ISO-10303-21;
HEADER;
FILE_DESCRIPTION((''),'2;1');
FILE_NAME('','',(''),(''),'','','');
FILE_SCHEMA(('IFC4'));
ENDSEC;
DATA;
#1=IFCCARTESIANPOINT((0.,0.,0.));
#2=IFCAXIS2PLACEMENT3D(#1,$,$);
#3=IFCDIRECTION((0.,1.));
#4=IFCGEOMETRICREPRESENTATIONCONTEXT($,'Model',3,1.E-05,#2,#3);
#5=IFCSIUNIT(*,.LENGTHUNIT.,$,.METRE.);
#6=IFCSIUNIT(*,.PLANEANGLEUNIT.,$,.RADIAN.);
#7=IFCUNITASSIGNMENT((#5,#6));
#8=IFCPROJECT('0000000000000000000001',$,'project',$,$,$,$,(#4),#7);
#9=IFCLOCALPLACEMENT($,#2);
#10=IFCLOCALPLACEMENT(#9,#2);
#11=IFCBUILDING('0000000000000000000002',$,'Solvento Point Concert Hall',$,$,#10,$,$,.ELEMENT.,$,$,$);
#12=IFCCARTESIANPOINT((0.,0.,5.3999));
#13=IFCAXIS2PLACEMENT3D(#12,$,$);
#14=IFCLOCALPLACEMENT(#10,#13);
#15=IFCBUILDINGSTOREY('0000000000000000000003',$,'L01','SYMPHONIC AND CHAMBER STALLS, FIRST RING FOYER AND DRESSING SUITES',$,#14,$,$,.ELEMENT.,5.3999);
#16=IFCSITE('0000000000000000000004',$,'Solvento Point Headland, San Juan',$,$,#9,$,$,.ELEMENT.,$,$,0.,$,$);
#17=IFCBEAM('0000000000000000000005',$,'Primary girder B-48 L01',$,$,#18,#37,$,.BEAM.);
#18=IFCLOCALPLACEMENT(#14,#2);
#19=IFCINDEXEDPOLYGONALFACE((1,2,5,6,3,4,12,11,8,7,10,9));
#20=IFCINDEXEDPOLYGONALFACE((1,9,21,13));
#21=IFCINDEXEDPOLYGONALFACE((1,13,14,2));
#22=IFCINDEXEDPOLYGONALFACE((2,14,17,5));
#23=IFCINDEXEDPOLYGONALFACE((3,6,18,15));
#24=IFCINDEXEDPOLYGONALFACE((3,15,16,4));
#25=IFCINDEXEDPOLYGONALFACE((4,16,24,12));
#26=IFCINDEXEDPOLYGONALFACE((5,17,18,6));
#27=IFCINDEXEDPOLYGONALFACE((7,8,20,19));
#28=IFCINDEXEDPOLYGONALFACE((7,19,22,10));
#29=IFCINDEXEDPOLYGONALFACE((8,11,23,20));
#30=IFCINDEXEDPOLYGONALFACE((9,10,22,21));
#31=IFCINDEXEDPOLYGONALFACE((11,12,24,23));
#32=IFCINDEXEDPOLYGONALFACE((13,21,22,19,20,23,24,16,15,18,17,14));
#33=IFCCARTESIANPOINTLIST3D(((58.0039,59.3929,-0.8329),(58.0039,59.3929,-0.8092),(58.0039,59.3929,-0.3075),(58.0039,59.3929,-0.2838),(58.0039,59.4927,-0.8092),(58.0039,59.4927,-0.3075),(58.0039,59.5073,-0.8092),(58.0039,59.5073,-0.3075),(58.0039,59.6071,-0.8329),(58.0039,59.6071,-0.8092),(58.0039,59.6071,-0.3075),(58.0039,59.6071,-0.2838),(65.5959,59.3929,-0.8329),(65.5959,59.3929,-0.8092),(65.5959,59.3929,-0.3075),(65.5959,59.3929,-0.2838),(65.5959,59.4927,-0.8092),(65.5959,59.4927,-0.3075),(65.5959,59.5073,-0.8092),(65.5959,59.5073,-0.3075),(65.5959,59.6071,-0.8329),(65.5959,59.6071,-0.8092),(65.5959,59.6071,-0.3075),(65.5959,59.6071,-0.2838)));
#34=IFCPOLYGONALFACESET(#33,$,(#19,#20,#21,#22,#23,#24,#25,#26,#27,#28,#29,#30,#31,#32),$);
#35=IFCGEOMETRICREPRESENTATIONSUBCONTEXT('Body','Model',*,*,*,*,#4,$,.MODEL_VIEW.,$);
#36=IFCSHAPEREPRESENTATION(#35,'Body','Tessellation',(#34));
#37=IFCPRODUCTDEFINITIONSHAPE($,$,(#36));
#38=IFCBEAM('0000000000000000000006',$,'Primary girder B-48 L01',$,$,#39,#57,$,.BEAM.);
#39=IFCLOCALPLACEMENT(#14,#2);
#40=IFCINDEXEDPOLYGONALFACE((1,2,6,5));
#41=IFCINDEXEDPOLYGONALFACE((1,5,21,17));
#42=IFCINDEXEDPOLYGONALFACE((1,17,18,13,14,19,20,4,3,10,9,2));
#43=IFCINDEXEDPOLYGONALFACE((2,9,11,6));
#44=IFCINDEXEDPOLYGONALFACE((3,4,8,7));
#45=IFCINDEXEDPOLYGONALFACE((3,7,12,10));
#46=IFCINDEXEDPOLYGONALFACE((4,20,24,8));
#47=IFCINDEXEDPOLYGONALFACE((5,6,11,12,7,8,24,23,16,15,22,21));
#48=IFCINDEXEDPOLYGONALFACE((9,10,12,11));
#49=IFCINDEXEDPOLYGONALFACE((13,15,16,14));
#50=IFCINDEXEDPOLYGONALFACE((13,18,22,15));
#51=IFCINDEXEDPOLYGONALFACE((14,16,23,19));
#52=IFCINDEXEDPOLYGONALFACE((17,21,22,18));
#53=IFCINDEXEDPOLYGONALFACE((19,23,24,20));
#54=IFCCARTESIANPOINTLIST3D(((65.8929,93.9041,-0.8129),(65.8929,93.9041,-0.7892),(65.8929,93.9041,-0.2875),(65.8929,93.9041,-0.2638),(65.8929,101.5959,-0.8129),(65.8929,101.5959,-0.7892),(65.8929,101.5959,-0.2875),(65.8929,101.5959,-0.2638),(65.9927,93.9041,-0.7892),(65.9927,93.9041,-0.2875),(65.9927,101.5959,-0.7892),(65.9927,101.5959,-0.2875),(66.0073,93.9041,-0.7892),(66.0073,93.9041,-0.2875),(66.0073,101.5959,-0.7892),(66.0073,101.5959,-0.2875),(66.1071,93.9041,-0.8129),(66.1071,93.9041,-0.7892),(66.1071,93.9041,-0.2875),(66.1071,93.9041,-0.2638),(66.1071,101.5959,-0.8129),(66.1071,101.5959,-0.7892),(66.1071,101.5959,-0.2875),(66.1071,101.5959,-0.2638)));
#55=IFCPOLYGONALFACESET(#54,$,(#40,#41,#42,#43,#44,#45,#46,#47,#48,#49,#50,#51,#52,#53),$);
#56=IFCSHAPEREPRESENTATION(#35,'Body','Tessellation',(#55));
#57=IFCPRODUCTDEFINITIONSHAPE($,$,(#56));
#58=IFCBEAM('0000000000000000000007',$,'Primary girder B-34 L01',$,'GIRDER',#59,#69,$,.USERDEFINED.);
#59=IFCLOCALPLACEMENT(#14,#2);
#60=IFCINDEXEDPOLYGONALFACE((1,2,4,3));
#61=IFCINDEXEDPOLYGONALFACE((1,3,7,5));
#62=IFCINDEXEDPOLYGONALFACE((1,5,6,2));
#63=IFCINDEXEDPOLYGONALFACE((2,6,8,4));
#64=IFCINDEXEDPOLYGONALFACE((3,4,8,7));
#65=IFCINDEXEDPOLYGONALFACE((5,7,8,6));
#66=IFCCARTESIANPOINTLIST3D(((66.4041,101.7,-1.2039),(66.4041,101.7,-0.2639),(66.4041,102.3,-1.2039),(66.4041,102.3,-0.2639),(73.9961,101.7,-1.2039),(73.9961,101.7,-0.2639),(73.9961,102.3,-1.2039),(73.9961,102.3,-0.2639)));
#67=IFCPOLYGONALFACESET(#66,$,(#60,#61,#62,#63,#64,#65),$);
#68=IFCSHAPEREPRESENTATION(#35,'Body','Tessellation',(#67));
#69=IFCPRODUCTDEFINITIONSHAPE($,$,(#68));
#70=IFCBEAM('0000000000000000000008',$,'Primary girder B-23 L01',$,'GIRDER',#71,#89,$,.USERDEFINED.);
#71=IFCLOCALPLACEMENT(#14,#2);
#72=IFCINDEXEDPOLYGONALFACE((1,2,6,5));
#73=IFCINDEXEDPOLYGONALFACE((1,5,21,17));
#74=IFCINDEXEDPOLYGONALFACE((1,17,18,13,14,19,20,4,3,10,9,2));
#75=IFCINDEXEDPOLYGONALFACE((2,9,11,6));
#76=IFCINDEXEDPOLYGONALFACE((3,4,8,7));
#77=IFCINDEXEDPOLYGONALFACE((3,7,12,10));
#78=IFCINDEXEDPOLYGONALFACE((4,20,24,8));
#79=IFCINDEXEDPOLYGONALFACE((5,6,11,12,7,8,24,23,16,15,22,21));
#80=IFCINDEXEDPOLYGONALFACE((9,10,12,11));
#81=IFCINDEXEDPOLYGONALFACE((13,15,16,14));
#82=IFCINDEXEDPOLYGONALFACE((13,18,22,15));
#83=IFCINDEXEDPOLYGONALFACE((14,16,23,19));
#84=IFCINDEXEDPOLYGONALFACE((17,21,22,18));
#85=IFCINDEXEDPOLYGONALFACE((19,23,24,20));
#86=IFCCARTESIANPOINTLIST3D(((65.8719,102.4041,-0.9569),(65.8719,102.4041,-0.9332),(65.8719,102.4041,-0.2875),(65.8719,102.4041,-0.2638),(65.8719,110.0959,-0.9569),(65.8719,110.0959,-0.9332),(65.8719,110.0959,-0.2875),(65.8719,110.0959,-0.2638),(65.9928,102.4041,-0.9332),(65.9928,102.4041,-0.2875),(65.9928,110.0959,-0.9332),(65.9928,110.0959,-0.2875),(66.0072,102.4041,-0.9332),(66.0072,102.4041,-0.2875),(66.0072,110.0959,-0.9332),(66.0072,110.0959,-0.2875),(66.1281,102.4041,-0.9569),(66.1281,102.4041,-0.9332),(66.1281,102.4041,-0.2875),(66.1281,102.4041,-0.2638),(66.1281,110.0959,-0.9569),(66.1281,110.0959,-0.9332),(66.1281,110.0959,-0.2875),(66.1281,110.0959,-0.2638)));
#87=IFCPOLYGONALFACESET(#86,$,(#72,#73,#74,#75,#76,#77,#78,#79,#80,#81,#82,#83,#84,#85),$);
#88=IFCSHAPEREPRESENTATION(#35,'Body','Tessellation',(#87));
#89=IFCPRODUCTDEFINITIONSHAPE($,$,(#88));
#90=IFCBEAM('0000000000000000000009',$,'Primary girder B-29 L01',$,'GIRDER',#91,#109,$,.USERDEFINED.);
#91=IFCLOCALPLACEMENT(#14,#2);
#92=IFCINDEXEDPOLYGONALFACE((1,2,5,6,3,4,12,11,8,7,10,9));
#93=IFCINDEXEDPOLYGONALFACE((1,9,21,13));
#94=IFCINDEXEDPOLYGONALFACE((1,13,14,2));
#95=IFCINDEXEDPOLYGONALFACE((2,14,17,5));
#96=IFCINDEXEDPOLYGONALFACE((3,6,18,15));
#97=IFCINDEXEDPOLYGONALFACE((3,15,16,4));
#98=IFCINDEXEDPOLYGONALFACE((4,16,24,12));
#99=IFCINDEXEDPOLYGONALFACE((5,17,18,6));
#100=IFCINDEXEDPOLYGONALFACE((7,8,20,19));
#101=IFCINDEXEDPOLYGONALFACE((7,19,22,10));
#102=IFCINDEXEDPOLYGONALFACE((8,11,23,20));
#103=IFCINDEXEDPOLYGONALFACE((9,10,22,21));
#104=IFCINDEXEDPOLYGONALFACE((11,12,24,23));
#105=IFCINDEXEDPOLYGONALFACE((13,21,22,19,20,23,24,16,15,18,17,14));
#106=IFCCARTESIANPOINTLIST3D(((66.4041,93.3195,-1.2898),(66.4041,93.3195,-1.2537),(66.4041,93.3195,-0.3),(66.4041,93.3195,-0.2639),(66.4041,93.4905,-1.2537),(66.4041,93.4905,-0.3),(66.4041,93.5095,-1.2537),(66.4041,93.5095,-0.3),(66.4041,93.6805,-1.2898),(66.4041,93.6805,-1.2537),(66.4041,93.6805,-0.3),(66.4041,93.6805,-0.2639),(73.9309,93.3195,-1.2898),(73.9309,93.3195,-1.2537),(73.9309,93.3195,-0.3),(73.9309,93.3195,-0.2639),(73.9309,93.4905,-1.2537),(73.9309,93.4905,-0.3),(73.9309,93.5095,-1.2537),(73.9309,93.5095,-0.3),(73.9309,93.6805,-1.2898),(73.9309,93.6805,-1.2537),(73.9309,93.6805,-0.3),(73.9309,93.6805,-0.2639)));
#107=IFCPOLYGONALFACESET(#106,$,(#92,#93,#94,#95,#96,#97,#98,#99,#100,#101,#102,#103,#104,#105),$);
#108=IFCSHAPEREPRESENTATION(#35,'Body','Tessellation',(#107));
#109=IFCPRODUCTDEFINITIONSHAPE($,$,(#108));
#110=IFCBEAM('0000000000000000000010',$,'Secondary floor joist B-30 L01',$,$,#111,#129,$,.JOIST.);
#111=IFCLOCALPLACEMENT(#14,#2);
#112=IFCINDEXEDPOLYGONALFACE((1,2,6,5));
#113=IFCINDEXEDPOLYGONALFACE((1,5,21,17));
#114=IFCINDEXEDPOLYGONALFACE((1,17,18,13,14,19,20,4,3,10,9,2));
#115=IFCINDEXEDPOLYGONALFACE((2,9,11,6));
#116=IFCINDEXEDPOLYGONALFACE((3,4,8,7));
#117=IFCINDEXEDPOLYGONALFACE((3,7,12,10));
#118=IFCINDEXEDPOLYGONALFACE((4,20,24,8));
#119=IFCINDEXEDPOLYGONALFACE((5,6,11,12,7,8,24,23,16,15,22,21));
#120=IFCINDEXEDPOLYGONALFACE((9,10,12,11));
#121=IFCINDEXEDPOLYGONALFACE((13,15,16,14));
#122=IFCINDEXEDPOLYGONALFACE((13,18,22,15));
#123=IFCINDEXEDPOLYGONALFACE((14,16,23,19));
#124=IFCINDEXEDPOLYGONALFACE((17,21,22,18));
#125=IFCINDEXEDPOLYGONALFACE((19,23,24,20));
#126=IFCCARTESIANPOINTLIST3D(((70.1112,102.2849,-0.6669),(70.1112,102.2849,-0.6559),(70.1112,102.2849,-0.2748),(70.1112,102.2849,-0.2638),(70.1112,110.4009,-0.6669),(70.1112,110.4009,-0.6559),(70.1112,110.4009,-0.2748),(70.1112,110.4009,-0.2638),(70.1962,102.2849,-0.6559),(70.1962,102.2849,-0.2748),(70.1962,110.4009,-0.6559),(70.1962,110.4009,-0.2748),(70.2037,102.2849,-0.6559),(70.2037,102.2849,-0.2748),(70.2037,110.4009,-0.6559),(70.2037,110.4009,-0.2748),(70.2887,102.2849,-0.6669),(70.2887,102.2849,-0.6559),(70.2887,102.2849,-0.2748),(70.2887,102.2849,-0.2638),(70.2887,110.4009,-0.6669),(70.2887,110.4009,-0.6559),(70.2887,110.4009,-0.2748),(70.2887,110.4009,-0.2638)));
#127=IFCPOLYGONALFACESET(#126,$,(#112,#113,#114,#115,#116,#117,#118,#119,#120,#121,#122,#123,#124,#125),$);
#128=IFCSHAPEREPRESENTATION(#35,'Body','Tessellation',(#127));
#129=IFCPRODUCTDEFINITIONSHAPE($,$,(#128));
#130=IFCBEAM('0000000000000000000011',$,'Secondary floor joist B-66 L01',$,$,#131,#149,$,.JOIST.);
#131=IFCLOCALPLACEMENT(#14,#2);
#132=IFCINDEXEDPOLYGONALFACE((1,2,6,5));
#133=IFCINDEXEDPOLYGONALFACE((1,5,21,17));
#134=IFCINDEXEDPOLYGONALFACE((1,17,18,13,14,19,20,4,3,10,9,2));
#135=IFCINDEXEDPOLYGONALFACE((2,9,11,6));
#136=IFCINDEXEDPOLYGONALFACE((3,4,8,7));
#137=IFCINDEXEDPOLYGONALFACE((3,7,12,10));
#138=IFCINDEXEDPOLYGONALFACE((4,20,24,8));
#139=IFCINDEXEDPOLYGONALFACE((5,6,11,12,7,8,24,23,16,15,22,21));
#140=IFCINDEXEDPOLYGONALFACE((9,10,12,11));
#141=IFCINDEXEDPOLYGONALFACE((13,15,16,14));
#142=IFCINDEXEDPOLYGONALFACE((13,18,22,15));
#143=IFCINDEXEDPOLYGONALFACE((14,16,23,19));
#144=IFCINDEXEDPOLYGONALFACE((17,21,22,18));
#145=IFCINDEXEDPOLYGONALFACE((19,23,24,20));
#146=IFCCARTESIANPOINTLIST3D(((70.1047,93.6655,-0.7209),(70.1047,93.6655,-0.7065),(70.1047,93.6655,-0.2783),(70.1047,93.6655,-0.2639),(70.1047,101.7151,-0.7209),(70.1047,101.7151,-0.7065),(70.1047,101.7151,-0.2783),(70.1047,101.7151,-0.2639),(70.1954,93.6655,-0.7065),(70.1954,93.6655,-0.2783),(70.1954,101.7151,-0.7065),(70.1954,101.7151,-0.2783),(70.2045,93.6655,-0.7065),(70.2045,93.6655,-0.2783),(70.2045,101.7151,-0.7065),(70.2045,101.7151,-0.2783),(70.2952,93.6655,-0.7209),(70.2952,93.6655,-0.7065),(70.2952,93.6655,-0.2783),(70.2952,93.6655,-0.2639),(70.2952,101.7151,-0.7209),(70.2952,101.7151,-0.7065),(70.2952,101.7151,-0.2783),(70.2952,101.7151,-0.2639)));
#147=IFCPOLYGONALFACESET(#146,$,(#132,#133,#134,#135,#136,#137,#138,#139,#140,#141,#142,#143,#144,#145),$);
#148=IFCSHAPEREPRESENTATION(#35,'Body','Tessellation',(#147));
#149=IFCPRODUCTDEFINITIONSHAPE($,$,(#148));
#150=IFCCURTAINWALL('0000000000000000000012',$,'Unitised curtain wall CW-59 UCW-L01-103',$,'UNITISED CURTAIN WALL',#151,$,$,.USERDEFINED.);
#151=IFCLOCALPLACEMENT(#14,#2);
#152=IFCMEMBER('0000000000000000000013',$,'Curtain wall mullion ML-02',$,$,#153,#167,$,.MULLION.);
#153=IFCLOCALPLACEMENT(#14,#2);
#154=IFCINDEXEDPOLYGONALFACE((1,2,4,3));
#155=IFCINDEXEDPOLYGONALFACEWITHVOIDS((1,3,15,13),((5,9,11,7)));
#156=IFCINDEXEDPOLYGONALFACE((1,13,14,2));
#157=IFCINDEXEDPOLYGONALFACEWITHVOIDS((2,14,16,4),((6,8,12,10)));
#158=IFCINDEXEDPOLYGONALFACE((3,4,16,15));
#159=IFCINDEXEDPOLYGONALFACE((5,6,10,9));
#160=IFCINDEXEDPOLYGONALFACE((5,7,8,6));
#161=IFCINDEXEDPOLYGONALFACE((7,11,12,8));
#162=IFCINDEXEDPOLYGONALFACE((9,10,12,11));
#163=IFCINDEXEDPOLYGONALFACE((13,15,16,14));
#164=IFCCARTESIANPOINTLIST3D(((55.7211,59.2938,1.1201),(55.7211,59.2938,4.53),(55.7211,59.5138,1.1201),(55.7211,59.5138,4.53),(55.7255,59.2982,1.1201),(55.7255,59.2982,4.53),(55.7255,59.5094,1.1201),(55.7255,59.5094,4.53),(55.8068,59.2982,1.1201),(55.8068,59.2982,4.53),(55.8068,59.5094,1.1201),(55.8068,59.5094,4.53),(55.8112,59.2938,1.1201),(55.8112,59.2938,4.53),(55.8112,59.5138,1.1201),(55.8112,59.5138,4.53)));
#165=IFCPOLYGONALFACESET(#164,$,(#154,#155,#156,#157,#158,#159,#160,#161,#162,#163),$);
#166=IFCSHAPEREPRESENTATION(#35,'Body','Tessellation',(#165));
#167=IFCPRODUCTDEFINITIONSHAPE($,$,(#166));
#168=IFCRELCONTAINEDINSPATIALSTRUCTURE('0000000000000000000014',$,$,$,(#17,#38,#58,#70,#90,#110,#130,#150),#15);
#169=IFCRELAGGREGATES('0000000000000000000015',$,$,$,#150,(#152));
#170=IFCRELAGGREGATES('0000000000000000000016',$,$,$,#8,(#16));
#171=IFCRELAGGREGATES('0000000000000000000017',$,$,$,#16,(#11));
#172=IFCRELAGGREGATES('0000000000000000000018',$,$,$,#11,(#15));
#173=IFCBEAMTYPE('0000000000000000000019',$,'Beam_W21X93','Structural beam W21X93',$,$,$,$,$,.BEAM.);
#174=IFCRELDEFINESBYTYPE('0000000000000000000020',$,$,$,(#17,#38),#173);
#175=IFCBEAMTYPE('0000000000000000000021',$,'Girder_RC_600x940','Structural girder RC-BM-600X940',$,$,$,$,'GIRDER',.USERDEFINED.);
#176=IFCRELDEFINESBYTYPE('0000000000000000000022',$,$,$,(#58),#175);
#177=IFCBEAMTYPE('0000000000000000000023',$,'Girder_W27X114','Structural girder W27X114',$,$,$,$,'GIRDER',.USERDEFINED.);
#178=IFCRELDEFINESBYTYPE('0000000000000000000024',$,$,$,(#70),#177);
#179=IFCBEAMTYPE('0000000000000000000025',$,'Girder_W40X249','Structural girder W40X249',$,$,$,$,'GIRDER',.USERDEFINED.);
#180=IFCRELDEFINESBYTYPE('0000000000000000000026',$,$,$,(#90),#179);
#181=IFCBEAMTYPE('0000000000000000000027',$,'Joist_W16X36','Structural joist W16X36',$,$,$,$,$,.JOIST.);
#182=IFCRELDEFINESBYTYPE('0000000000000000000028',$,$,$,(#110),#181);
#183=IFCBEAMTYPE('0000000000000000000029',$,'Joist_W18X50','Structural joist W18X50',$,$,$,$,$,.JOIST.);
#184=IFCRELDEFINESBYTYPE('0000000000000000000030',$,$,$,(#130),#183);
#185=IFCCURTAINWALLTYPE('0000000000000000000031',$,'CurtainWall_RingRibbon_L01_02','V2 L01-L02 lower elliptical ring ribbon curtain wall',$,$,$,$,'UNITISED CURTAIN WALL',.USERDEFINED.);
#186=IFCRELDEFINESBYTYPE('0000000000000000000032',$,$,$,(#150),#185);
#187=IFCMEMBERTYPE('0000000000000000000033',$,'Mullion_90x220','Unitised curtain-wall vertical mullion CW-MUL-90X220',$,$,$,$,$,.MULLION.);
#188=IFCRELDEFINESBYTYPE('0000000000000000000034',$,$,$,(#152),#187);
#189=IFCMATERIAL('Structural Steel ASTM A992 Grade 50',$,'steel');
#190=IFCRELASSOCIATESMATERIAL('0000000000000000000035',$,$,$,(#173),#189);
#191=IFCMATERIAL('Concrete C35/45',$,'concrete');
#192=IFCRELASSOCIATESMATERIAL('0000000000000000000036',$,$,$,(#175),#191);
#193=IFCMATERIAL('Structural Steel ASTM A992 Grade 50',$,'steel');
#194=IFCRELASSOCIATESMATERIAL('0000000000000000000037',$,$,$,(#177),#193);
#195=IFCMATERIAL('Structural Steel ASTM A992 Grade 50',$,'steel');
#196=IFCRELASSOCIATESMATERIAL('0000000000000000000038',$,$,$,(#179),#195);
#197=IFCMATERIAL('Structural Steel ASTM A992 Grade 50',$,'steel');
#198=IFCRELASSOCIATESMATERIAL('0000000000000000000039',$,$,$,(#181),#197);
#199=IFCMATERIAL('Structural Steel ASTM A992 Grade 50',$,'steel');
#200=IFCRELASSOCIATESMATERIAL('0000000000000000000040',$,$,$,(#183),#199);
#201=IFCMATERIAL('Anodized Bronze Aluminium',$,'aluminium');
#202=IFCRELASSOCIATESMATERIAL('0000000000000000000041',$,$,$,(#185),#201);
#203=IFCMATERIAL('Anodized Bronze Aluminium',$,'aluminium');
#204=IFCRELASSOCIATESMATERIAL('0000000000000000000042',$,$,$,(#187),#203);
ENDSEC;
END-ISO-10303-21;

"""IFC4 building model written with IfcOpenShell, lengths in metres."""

from ifc_helpers import new_model, si_unit, direction, frame, origin, origin_2d, place, context, subcontext, project, spatial, rectangle, hollow_rectangle, i_section, extrude, material, material_profile, profile_set, type_object, element, aggregate, save


model = new_model("IFC4")

# Units and contexts
model_context = context("Model", 3, precision=1e-05, world=origin(), true_north=direction((0.0, 1.0)))
body_context = subcontext(model_context, "Body", "Model", "MODEL_VIEW")
ifc_project = project(units=[si_unit("LENGTHUNIT", "METRE"), si_unit("PLANEANGLEUNIT", "RADIAN")], contexts=[model_context])

# Site, building, storey
site_placement = place(None, origin())
site = spatial("IfcSite", under=ifc_project, at=site_placement, Name="Solvento Point Headland, San Juan", CompositionType="ELEMENT", RefElevation=0.0)
building_placement = place(site_placement, origin())
building = spatial("IfcBuilding", under=site, at=building_placement, Name="Solvento Point Concert Hall", CompositionType="ELEMENT")
storey_placement = place(building_placement, frame((0.0, 0.0, 5.3999)))
storey = spatial("IfcBuildingStorey", under=building, at=storey_placement, Name="L01", Description="SYMPHONIC AND CHAMBER STALLS, FIRST RING FOYER AND DRESSING SUITES", CompositionType="ELEMENT", Elevation=5.3999)

# Beams
ifc_material_1 = material(Name="Structural Steel ASTM A992 Grade 50", Category="steel")
ifc_material_profile_1 = material_profile(ifc_material_1, i_section(OverallWidth=0.2141, OverallDepth=0.5491, WebThickness=0.0146, FlangeThickness=0.0237, at=origin_2d()), Name="W21X93")
ifc_profile_set_1 = profile_set([ifc_material_profile_1], Name="Structural Steel ASTM A992 Grade 50")
beam_type_1 = type_object("IfcBeamType", Name="Beam_W21X93", Description="Structural beam W21X93", PredefinedType="BEAM", material=ifc_profile_set_1)
beam_1_placement = place(storey_placement, frame((58.0039, 59.5, -0.5583), z_axis=(1.0, 0.0, 0.0), x_axis=(0.0, 1.0, 0.0)))
element("IfcBeam", 1, at=beam_1_placement, inside=storey, type_object=beam_type_1, Name="Primary girder B-48 L01", PredefinedType="BEAM", context=body_context, shape_type="SweptSolid", body=[
    extrude(i_section(OverallWidth=0.2141, OverallDepth=0.5491, WebThickness=0.0146, FlangeThickness=0.0237, at=origin_2d()), origin(), (0.0, 0.0, 1.0), 7.592),
])
beam_2_placement = place(storey_placement, frame((66.0, 93.9041, -0.5383), z_axis=(0.0, 1.0, 0.0), x_axis=(-1.0, 0.0, 0.0)))
element("IfcBeam", 2, at=beam_2_placement, inside=storey, type_object=beam_type_1, Name="Primary girder B-48 L01", PredefinedType="BEAM", context=body_context, shape_type="SweptSolid", body=[
    extrude(i_section(OverallWidth=0.2141, OverallDepth=0.5491, WebThickness=0.0146, FlangeThickness=0.0237, at=origin_2d()), origin(), (0.0, 0.0, 1.0), 7.6919),
])
ifc_material_2 = material(Name="Concrete C35/45", Category="concrete")
ifc_material_profile_2 = material_profile(ifc_material_2, rectangle(XDim=0.6001, YDim=0.9399, at=origin_2d()), Name="RC-BM-600X940")
ifc_profile_set_2 = profile_set([ifc_material_profile_2], Name="Concrete C35/45")
beam_type_2 = type_object("IfcBeamType", Name="Girder_RC_600x940", Description="Structural girder RC-BM-600X940", ElementType="GIRDER", PredefinedType="USERDEFINED", material=ifc_profile_set_2)
beam_3_placement = place(storey_placement, frame((66.4041, 102.0, -0.7339), z_axis=(1.0, 0.0, 0.0), x_axis=(0.0, 1.0, 0.0)))
element("IfcBeam", 3, at=beam_3_placement, inside=storey, type_object=beam_type_2, Name="Primary girder B-34 L01", ObjectType="GIRDER", PredefinedType="USERDEFINED", context=body_context, shape_type="SweptSolid", body=[
    extrude(rectangle(XDim=0.6001, YDim=0.9399, at=origin_2d()), origin(), (0.0, 0.0, 1.0), 7.592),
])
ifc_material_3 = material(Name="Structural Steel ASTM A992 Grade 50", Category="steel")
ifc_material_profile_3 = material_profile(ifc_material_3, i_section(OverallWidth=0.2561, OverallDepth=0.6931, WebThickness=0.0144, FlangeThickness=0.0237, at=origin_2d()), Name="W27X114")
ifc_profile_set_3 = profile_set([ifc_material_profile_3], Name="Structural Steel ASTM A992 Grade 50")
beam_type_3 = type_object("IfcBeamType", Name="Girder_W27X114", Description="Structural girder W27X114", ElementType="GIRDER", PredefinedType="USERDEFINED", material=ifc_profile_set_3)
beam_4_placement = place(storey_placement, frame((66.0, 102.4041, -0.6104), z_axis=(0.0, 1.0, 0.0), x_axis=(-1.0, 0.0, 0.0)))
element("IfcBeam", 4, at=beam_4_placement, inside=storey, type_object=beam_type_3, Name="Primary girder B-23 L01", ObjectType="GIRDER", PredefinedType="USERDEFINED", context=body_context, shape_type="SweptSolid", body=[
    extrude(i_section(OverallWidth=0.2561, OverallDepth=0.6931, WebThickness=0.0144, FlangeThickness=0.0237, at=origin_2d()), origin(), (0.0, 0.0, 1.0), 7.6919),
])
ifc_material_4 = material(Name="Structural Steel ASTM A992 Grade 50", Category="steel")
ifc_material_profile_4 = material_profile(ifc_material_4, i_section(OverallWidth=0.3611, OverallDepth=1.0259, WebThickness=0.019, FlangeThickness=0.0361, at=origin_2d()), Name="W40X249")
ifc_profile_set_4 = profile_set([ifc_material_profile_4], Name="Structural Steel ASTM A992 Grade 50")
beam_type_4 = type_object("IfcBeamType", Name="Girder_W40X249", Description="Structural girder W40X249", ElementType="GIRDER", PredefinedType="USERDEFINED", material=ifc_profile_set_4)
beam_5_placement = place(storey_placement, frame((66.4041, 93.5, -0.7769), z_axis=(1.0, 0.0, 0.0), x_axis=(0.0, 1.0, 0.0)))
element("IfcBeam", 5, at=beam_5_placement, inside=storey, type_object=beam_type_4, Name="Primary girder B-29 L01", ObjectType="GIRDER", PredefinedType="USERDEFINED", context=body_context, shape_type="SweptSolid", body=[
    extrude(i_section(OverallWidth=0.3611, OverallDepth=1.0259, WebThickness=0.019, FlangeThickness=0.0361, at=origin_2d()), origin(), (0.0, 0.0, 1.0), 7.5269),
])
ifc_material_5 = material(Name="Structural Steel ASTM A992 Grade 50", Category="steel")
ifc_material_profile_5 = material_profile(ifc_material_5, i_section(OverallWidth=0.1775, OverallDepth=0.4031, WebThickness=0.0076, FlangeThickness=0.011, at=origin_2d()), Name="W16X36")
ifc_profile_set_5 = profile_set([ifc_material_profile_5], Name="Structural Steel ASTM A992 Grade 50")
beam_type_5 = type_object("IfcBeamType", Name="Joist_W16X36", Description="Structural joist W16X36", PredefinedType="JOIST", material=ifc_profile_set_5)
beam_6_placement = place(storey_placement, frame((70.2, 102.2849, -0.4653), z_axis=(0.0, 1.0, 0.0), x_axis=(-1.0, 0.0, 0.0)))
element("IfcBeam", 6, at=beam_6_placement, inside=storey, type_object=beam_type_5, Name="Secondary floor joist B-30 L01", PredefinedType="JOIST", context=body_context, shape_type="SweptSolid", body=[
    extrude(i_section(OverallWidth=0.1775, OverallDepth=0.4031, WebThickness=0.0076, FlangeThickness=0.011, at=origin_2d()), origin(), (0.0, 0.0, 1.0), 8.116),
])
ifc_material_6 = material(Name="Structural Steel ASTM A992 Grade 50", Category="steel")
ifc_material_profile_6 = material_profile(ifc_material_6, i_section(OverallWidth=0.1904, OverallDepth=0.457, WebThickness=0.009, FlangeThickness=0.0144, at=origin_2d()), Name="W18X50")
ifc_profile_set_6 = profile_set([ifc_material_profile_6], Name="Structural Steel ASTM A992 Grade 50")
beam_type_6 = type_object("IfcBeamType", Name="Joist_W18X50", Description="Structural joist W18X50", PredefinedType="JOIST", material=ifc_profile_set_6)
beam_7_placement = place(storey_placement, frame((70.2, 93.6655, -0.4924), z_axis=(0.0, 1.0, 0.0), x_axis=(-1.0, 0.0, 0.0)))
element("IfcBeam", 7, at=beam_7_placement, inside=storey, type_object=beam_type_6, Name="Secondary floor joist B-66 L01", PredefinedType="JOIST", context=body_context, shape_type="SweptSolid", body=[
    extrude(i_section(OverallWidth=0.1904, OverallDepth=0.457, WebThickness=0.009, FlangeThickness=0.0144, at=origin_2d()), origin(), (0.0, 0.0, 1.0), 8.0496),
])

# Curtain wall, member
ifc_material_7 = material(Name="Anodized Bronze Aluminium", Category="aluminium")
curtain_wall_type = type_object("IfcCurtainWallType", Name="CurtainWall_RingRibbon_L01_02", Description="V2 L01-L02 lower elliptical ring ribbon curtain wall", ElementType="UNITISED CURTAIN WALL", PredefinedType="USERDEFINED", material=ifc_material_7)
curtain_wall_1_placement = place(storey_placement, origin())
curtain_wall_1 = element("IfcCurtainWall", 8, at=curtain_wall_1_placement, inside=storey, type_object=curtain_wall_type, Name="Unitised curtain wall CW-59 UCW-L01-103", ObjectType="UNITISED CURTAIN WALL", PredefinedType="USERDEFINED")
ifc_material_8 = material(Name="Anodized Bronze Aluminium", Category="aluminium")
ifc_material_profile_7 = material_profile(ifc_material_8, hollow_rectangle(XDim=0.0901, YDim=0.22, WallThickness=0.0044, at=origin_2d()), Name="CW-MUL-90X220")
ifc_profile_set_7 = profile_set([ifc_material_profile_7], Name="Anodized Bronze Aluminium")
member_type_1 = type_object("IfcMemberType", Name="Mullion_90x220", Description="Unitised curtain-wall vertical mullion CW-MUL-90X220", PredefinedType="MULLION", material=ifc_profile_set_7)
member_1_placement = place(storey_placement, frame((55.7661, 59.4038, 1.1201), z_axis=(0.0, 0.0, 1.0), x_axis=(1.0, 0.0, 0.0)))
member_1 = element("IfcMember", 9, at=member_1_placement, type_object=member_type_1, Name="Curtain wall mullion ML-02", PredefinedType="MULLION", context=body_context, shape_type="SweptSolid", body=[
    extrude(hollow_rectangle(XDim=0.0901, YDim=0.22, WallThickness=0.0044, at=origin_2d()), origin(), (0.0, 0.0, 1.0), 3.4099),
])

aggregate(curtain_wall_1, [member_1])

save(model, "model.ifc")
